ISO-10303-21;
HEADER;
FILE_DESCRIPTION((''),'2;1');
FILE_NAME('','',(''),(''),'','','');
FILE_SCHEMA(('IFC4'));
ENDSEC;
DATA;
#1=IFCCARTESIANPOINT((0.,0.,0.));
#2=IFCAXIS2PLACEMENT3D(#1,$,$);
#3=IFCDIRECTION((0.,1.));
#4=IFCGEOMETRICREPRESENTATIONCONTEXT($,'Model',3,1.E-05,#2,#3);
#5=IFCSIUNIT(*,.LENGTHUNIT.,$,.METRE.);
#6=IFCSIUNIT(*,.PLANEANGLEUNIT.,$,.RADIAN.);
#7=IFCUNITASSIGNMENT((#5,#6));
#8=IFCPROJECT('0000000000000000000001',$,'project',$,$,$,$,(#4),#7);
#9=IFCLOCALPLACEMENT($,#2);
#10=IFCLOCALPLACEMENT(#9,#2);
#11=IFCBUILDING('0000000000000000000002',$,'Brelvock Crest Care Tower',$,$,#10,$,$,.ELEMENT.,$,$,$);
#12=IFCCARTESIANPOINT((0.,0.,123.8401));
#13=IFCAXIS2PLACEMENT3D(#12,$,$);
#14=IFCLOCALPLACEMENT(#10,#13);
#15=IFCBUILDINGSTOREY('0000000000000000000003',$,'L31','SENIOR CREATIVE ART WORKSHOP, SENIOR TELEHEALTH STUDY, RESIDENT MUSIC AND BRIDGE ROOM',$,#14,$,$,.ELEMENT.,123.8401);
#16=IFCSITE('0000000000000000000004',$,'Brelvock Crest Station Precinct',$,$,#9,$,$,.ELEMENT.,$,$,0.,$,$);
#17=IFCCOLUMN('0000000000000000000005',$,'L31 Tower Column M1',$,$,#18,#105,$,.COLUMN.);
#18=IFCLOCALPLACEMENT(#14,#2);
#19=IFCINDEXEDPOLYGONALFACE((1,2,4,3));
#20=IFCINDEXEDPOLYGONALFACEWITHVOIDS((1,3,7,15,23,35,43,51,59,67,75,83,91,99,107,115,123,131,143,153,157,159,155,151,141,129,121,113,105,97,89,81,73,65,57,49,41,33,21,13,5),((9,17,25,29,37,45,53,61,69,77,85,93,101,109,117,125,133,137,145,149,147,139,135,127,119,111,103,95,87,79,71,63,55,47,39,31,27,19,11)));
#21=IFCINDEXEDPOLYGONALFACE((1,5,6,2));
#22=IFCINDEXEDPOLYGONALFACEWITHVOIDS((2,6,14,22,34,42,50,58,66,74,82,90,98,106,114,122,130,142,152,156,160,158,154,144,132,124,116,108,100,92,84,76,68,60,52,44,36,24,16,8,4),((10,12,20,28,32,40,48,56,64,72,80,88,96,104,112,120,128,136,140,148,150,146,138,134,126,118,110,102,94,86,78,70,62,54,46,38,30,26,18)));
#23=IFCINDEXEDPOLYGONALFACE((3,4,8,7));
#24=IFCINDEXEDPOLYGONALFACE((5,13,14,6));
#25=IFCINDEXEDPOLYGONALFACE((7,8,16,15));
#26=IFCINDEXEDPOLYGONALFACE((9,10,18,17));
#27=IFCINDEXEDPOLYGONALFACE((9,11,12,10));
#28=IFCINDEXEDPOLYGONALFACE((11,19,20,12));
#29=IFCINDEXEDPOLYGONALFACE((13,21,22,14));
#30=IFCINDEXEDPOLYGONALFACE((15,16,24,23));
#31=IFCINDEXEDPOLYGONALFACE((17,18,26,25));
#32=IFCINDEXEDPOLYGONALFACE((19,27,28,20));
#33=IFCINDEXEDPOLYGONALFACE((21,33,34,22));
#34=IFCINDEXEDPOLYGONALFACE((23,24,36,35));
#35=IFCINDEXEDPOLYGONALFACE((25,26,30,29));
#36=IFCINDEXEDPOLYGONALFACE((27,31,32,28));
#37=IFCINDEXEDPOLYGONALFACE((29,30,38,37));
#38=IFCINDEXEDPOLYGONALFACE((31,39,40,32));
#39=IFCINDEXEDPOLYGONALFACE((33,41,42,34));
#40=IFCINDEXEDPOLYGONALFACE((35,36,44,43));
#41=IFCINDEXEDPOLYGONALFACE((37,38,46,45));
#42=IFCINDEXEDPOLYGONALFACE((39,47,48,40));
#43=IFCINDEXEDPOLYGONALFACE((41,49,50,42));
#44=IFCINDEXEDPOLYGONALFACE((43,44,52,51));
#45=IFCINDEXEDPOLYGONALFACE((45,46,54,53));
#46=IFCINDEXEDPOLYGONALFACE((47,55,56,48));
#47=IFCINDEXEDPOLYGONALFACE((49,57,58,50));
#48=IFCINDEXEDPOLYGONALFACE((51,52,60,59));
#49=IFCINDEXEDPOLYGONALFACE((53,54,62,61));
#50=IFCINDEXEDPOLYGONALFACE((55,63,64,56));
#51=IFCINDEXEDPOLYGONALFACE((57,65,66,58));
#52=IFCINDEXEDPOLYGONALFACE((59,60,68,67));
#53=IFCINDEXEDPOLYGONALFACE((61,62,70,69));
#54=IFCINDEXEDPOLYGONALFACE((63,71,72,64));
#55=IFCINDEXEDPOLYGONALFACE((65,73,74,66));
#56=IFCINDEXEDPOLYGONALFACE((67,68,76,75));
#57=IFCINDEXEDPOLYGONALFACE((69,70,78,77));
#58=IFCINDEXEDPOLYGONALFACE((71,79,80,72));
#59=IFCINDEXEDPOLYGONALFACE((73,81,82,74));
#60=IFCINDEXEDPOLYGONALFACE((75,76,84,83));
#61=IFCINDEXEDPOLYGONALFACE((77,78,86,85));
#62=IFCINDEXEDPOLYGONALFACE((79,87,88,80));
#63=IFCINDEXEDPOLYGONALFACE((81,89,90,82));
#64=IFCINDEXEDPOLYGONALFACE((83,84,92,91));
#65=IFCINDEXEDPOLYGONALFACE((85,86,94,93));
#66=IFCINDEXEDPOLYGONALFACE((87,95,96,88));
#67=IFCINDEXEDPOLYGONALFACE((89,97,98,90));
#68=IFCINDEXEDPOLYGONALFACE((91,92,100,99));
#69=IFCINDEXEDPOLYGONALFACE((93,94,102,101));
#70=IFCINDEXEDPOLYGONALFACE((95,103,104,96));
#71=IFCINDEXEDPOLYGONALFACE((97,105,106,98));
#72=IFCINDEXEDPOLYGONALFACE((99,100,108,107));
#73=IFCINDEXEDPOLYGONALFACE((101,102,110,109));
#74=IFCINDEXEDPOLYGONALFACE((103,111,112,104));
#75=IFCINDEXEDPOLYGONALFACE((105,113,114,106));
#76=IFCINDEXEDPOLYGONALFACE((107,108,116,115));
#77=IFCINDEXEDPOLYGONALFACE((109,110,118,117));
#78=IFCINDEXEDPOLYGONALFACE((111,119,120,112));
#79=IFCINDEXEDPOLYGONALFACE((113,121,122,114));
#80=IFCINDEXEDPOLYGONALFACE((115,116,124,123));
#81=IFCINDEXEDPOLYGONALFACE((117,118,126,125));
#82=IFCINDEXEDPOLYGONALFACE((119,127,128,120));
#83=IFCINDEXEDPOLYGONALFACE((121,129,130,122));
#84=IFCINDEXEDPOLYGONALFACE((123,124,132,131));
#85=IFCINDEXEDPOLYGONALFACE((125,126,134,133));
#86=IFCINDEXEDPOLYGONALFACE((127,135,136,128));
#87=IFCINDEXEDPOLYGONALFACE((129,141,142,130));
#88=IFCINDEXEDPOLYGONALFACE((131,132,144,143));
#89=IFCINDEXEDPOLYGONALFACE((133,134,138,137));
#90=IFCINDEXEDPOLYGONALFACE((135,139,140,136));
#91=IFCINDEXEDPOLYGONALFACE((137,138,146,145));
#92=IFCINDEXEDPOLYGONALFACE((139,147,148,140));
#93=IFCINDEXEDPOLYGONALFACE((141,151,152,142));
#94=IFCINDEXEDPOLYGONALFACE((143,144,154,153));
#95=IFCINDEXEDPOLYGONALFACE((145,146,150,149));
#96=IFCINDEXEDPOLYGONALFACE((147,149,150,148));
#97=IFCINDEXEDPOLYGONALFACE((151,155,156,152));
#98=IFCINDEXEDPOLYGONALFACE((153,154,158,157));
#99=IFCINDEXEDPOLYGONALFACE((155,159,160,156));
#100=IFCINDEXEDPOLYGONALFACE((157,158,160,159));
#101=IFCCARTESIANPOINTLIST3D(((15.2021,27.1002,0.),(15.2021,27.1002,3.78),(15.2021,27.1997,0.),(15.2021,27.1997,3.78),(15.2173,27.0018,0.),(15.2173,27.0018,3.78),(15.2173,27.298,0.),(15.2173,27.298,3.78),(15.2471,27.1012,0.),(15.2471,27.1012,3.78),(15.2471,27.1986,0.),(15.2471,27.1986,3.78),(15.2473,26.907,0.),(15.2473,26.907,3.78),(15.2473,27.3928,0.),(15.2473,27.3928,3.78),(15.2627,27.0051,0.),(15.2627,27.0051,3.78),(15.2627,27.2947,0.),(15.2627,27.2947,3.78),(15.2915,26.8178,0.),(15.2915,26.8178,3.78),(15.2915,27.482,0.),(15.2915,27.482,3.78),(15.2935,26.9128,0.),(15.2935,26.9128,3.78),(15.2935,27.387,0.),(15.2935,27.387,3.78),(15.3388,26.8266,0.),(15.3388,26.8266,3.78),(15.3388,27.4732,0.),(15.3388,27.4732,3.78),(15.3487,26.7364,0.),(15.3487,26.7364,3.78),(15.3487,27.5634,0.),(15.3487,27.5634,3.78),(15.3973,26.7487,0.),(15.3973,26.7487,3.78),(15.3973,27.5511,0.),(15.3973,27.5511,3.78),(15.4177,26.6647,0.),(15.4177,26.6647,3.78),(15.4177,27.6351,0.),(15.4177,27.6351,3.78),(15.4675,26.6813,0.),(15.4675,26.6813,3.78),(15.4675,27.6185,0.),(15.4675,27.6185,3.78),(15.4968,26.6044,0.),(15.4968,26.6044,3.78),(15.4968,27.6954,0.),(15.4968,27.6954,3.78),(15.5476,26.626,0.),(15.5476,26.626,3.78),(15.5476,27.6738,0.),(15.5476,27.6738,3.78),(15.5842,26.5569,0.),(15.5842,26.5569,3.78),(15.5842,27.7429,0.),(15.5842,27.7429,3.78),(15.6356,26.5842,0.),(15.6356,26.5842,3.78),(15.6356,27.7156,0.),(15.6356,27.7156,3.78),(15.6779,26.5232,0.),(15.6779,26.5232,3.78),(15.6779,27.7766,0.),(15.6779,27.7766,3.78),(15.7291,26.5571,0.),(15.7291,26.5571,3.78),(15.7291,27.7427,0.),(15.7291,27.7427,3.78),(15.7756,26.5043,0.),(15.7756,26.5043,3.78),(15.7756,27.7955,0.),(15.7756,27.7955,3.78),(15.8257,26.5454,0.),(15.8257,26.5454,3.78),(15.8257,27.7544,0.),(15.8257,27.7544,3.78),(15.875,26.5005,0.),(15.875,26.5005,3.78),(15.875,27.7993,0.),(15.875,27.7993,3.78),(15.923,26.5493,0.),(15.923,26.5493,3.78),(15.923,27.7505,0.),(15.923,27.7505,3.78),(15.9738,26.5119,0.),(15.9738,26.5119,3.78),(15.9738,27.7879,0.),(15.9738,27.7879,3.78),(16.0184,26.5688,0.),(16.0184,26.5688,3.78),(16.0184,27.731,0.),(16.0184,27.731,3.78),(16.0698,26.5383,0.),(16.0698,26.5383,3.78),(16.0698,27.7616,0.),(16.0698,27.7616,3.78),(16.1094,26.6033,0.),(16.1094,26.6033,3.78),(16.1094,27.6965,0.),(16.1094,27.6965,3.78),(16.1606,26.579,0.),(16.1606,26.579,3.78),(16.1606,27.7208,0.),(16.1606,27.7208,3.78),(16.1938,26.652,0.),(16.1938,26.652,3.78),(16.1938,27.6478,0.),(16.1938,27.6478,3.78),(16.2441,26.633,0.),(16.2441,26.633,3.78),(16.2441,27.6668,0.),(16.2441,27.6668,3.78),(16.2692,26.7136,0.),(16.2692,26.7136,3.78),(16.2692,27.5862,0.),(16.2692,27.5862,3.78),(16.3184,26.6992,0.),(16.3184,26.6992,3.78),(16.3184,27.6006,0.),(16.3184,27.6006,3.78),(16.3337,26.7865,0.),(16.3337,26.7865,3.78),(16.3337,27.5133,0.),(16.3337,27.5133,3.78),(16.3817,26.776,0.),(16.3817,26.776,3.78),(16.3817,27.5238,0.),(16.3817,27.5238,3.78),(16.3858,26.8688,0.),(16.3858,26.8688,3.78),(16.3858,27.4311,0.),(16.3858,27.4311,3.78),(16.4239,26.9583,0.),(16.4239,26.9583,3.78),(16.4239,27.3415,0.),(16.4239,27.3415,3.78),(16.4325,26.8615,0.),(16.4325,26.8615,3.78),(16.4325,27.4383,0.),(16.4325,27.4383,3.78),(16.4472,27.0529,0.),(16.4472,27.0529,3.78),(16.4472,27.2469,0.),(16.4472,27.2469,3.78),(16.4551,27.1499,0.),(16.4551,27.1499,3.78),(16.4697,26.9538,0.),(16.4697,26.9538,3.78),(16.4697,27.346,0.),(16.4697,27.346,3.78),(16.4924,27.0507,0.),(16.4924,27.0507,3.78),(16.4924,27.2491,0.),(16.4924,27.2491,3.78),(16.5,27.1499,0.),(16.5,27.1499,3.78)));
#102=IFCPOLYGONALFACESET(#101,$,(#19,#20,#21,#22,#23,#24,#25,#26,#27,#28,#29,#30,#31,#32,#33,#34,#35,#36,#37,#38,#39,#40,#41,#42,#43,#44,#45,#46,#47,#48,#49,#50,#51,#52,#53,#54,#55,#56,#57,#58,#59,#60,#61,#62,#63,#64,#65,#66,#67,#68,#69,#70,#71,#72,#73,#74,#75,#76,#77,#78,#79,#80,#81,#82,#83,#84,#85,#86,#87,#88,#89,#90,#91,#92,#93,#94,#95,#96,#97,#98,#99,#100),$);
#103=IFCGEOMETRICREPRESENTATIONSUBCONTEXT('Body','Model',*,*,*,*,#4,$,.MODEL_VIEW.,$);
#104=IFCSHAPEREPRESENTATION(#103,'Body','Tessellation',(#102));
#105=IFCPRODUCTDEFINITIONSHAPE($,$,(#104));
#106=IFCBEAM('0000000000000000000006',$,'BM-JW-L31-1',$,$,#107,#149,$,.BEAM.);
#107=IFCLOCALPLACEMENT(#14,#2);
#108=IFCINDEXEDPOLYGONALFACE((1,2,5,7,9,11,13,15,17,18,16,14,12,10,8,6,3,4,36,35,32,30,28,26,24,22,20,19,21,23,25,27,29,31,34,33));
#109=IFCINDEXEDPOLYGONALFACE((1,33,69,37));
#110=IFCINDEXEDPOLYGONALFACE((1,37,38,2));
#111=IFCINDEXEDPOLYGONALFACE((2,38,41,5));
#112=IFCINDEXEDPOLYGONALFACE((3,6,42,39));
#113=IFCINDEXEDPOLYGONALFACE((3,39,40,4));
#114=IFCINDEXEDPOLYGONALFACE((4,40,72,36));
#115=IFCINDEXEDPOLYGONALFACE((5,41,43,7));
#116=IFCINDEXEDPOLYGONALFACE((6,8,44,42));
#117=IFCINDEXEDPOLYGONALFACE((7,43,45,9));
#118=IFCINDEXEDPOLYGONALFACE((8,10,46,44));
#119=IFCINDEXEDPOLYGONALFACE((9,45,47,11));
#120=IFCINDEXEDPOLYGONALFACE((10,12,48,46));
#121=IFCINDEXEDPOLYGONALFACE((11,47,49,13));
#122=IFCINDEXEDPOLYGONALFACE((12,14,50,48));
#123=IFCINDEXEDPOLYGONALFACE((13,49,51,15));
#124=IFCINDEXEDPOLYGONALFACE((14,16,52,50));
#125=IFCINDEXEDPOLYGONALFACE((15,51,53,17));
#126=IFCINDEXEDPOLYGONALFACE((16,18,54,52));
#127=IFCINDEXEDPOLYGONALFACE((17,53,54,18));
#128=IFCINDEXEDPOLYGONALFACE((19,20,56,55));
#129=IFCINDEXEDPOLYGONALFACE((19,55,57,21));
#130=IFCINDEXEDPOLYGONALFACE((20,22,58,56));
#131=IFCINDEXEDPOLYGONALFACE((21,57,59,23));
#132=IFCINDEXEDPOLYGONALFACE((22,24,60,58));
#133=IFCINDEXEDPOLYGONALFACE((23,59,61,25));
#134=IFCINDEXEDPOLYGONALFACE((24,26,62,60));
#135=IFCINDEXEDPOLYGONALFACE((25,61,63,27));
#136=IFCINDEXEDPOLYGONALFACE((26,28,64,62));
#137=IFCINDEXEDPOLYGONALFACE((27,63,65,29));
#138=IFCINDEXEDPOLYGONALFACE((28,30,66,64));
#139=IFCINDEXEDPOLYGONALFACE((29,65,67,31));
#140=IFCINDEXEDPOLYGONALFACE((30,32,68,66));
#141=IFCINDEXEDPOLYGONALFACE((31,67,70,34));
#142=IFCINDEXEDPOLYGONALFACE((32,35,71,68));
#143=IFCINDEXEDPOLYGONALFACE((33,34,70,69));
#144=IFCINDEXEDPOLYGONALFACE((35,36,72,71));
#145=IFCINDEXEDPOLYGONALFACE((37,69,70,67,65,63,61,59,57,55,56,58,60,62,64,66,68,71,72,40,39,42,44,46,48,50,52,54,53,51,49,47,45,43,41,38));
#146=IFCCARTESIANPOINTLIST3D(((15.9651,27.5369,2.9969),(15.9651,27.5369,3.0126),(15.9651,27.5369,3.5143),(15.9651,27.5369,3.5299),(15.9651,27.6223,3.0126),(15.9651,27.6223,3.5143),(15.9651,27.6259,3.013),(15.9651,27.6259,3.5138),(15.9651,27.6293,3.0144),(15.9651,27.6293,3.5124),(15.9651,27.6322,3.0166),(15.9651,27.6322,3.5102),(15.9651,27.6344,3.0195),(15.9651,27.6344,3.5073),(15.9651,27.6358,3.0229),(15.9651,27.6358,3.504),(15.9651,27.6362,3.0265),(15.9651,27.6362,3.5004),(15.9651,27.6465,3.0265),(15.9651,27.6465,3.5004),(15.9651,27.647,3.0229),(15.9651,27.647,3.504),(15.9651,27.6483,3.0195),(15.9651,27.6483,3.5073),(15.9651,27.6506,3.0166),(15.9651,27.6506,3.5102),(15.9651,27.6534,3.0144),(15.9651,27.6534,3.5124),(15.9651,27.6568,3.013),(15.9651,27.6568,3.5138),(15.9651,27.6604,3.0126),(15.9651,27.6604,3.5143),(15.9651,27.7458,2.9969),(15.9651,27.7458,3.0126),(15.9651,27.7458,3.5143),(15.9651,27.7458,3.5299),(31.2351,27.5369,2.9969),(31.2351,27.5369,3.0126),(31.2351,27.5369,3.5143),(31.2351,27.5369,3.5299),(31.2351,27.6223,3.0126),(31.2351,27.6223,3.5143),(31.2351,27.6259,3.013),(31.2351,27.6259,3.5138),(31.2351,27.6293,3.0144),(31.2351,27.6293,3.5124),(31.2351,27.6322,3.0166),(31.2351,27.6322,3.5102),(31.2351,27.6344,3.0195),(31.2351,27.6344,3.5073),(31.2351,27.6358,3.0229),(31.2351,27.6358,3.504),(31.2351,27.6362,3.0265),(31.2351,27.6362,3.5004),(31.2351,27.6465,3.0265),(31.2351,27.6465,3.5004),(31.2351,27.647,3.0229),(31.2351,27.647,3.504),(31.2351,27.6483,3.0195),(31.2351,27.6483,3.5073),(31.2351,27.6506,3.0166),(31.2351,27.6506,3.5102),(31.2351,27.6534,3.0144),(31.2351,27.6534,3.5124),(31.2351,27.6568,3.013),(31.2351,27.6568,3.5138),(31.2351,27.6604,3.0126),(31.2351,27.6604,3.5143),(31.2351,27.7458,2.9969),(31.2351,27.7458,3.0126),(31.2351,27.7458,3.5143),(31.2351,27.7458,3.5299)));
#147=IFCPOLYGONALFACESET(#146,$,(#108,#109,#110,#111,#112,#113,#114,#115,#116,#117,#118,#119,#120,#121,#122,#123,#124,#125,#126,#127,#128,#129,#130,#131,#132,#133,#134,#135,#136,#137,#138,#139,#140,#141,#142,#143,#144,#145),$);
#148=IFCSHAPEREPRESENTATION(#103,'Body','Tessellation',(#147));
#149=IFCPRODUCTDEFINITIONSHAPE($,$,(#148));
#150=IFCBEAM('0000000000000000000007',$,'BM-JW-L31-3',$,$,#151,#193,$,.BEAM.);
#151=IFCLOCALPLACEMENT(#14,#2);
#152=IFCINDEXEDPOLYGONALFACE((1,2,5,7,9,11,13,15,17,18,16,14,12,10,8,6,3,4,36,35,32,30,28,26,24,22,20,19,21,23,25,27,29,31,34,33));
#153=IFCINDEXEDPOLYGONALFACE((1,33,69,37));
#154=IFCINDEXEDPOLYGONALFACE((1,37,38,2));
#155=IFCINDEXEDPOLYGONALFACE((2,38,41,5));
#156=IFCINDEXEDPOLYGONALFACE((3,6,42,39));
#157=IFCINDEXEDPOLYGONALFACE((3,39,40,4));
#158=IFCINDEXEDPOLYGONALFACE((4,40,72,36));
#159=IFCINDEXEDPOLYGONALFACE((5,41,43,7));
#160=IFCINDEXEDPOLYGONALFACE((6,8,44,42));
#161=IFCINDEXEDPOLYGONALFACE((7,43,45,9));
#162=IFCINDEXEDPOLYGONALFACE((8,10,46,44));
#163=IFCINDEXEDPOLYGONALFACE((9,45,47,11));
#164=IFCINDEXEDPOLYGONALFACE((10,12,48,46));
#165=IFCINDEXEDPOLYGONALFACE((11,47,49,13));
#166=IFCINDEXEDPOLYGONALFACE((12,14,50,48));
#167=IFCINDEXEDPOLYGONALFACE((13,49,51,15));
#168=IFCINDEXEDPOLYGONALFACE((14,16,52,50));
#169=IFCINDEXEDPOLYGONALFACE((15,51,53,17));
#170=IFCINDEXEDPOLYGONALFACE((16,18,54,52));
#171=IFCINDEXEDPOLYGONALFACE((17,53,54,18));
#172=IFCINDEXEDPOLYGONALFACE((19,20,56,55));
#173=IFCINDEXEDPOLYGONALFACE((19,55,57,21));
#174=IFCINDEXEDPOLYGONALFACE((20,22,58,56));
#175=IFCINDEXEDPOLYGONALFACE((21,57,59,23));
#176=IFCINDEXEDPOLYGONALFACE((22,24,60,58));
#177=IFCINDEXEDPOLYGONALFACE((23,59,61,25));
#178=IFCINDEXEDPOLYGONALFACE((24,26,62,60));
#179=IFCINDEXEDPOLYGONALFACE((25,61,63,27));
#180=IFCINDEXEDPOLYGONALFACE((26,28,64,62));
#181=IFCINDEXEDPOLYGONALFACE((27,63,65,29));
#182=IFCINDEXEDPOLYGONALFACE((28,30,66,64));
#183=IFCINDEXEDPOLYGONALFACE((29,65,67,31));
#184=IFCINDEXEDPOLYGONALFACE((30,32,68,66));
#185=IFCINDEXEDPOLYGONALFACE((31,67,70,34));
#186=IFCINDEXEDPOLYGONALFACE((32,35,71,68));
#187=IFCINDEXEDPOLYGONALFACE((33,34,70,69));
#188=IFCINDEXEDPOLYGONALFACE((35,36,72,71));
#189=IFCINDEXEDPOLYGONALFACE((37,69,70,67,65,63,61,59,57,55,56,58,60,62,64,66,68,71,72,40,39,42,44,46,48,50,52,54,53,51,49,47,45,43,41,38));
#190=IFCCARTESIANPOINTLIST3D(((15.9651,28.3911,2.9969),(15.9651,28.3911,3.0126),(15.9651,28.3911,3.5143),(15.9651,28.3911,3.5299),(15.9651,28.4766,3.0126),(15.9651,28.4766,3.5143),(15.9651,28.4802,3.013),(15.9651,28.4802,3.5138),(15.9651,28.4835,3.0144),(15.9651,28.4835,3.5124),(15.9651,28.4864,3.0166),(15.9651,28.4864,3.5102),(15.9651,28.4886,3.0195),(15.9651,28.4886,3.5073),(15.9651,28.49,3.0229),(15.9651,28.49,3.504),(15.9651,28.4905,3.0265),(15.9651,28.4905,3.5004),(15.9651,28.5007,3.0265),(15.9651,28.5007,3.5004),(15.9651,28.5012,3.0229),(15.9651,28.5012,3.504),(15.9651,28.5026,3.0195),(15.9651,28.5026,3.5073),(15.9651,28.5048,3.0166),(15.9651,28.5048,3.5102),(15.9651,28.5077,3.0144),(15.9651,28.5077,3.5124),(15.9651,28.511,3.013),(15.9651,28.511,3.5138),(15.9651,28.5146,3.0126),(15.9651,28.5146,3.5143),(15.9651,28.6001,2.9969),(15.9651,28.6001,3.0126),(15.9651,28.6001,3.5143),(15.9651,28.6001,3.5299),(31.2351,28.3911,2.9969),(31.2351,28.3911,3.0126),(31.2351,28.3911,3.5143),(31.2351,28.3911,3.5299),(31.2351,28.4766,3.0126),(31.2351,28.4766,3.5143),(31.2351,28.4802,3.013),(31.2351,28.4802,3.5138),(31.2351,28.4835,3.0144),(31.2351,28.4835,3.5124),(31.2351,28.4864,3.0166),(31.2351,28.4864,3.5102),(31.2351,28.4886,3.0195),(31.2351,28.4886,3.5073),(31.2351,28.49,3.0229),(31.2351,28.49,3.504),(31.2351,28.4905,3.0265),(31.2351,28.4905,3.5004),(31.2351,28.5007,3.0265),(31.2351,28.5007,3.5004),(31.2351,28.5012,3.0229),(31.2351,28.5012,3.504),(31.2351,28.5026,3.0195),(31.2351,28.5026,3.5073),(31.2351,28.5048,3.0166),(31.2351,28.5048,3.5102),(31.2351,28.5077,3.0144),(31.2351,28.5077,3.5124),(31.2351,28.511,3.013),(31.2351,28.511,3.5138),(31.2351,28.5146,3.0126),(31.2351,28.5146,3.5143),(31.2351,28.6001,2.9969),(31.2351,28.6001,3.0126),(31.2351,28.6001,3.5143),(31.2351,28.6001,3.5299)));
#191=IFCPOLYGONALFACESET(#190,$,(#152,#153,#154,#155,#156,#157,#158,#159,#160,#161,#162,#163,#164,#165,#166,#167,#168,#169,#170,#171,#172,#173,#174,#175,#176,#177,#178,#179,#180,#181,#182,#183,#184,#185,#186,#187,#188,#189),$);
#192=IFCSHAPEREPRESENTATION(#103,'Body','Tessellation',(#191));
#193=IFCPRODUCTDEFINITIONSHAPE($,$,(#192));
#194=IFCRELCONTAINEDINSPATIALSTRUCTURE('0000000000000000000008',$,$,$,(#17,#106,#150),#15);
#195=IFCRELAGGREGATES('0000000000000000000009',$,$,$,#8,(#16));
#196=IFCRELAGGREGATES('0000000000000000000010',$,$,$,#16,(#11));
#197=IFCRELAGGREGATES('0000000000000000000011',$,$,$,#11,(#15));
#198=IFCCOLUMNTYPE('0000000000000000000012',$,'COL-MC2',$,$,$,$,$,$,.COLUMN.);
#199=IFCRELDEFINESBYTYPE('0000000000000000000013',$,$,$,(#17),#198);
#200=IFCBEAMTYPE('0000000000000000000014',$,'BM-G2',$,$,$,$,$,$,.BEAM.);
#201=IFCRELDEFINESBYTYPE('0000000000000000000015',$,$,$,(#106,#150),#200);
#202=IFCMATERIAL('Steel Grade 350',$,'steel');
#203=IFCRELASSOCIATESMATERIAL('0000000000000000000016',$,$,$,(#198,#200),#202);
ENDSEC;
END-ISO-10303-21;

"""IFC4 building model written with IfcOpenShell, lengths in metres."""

from ifc_helpers import new_model, si_unit, direction, frame, origin, origin_2d, place, context, subcontext, project, spatial, hollow_circle, i_section, extrude, source, transform, mapped, material, material_profile, profile_set, type_object, element, save


model = new_model("IFC4")

# Units and contexts
model_context = context("Model", 3, precision=1e-05, world=origin(), true_north=direction((0.0, 1.0)))
body_context = subcontext(model_context, "Body", "Model", "MODEL_VIEW")
ifc_project = project(units=[si_unit("LENGTHUNIT", "METRE"), si_unit("PLANEANGLEUNIT", "RADIAN")], contexts=[model_context])

# Site, building, storey
site_placement = place(None, origin())
site = spatial("IfcSite", under=ifc_project, at=site_placement, Name="Brelvock Crest Station Precinct", CompositionType="ELEMENT", RefElevation=0.0)
building_placement = place(site_placement, origin())
building = spatial("IfcBuilding", under=site, at=building_placement, Name="Brelvock Crest Care Tower", CompositionType="ELEMENT")
storey_placement = place(building_placement, frame((0.0, 0.0, 123.8401)))
storey = spatial("IfcBuildingStorey", under=building, at=storey_placement, Name="L31", Description="SENIOR CREATIVE ART WORKSHOP, SENIOR TELEHEALTH STUDY, RESIDENT MUSIC AND BRIDGE ROOM", CompositionType="ELEMENT", Elevation=123.8401)

# Column
ifc_material_1 = material(Name="Steel Grade 350", Category="steel")
ifc_material_profile_1 = material_profile(ifc_material_1, hollow_circle(Radius=0.6499, WallThickness=0.0449, at=origin_2d()), Name="CFT1300x45")
ifc_profile_set_1 = profile_set([ifc_material_profile_1], Name="Steel Grade 350")
column_type = type_object("IfcColumnType", Name="COL-MC2", PredefinedType="COLUMN", material=ifc_profile_set_1)
shared_shape_1 = source(origin(), body_context, "Body", "SweptSolid", [
    extrude(hollow_circle(Radius=0.6499, WallThickness=0.0449, at=origin_2d()), origin(), (0.0, 0.0, 1.0), 3.78),
])
column_placement = place(storey_placement, frame((15.8501, 27.1499, 0.0), z_axis=(0.0, 0.0, 1.0), x_axis=(1.0, 0.0, 0.0)))
element("IfcColumn", 1, at=column_placement, inside=storey, type_object=column_type, Name="L31 Tower Column M1", PredefinedType="COLUMN", context=body_context, shape_type="MappedRepresentation", body=[
    mapped(shared_shape_1, transform((0.0, 0.0, 0.0), x_axis=(1.0, 0.0, 0.0), y_axis=(0.0, 1.0, 0.0), z_axis=(0.0, 0.0, 1.0), scale=1.0)),
])

# Beams
ifc_material_profile_2 = material_profile(ifc_material_1, i_section(OverallWidth=0.209, OverallDepth=0.533, WebThickness=0.0103, FlangeThickness=0.0156, FilletRadius=0.0139, at=origin_2d()), Name="530UB92.4")
ifc_profile_set_2 = profile_set([ifc_material_profile_2], Name="Steel Grade 350")
beam_type_1 = type_object("IfcBeamType", Name="BM-G2", PredefinedType="BEAM", material=ifc_profile_set_2)
shared_shape_2 = source(origin(), body_context, "Body", "SweptSolid", [
    extrude(i_section(OverallWidth=0.209, OverallDepth=0.533, WebThickness=0.0103, FlangeThickness=0.0156, FilletRadius=0.0139, at=origin_2d()), origin(), (0.0, 0.0, 1.0), 15.27),
])
for number, where, z_axis, x_axis, name in (
    (2, (15.9651, 27.6414, 3.2634), (1.0, 0.0, 0.0), (0.0, 1.0, 0.0), "BM-JW-L31-1"),
    (3, (15.9651, 28.4956, 3.2634), (1.0, 0.0, 0.0), (0.0, 1.0, 0.0), "BM-JW-L31-3"),
):
    element("IfcBeam", number, at=place(storey_placement, frame(where, z_axis=z_axis, x_axis=x_axis)), inside=storey, type_object=beam_type_1, Name=name, PredefinedType="BEAM", context=body_context, shape_type="MappedRepresentation", body=[
        mapped(shared_shape_2, transform((0.0, 0.0, 0.0), x_axis=(1.0, 0.0, 0.0), y_axis=(0.0, 1.0, 0.0), z_axis=(0.0, 0.0, 1.0), scale=1.0)),
    ])

save(model, "model.ifc")
